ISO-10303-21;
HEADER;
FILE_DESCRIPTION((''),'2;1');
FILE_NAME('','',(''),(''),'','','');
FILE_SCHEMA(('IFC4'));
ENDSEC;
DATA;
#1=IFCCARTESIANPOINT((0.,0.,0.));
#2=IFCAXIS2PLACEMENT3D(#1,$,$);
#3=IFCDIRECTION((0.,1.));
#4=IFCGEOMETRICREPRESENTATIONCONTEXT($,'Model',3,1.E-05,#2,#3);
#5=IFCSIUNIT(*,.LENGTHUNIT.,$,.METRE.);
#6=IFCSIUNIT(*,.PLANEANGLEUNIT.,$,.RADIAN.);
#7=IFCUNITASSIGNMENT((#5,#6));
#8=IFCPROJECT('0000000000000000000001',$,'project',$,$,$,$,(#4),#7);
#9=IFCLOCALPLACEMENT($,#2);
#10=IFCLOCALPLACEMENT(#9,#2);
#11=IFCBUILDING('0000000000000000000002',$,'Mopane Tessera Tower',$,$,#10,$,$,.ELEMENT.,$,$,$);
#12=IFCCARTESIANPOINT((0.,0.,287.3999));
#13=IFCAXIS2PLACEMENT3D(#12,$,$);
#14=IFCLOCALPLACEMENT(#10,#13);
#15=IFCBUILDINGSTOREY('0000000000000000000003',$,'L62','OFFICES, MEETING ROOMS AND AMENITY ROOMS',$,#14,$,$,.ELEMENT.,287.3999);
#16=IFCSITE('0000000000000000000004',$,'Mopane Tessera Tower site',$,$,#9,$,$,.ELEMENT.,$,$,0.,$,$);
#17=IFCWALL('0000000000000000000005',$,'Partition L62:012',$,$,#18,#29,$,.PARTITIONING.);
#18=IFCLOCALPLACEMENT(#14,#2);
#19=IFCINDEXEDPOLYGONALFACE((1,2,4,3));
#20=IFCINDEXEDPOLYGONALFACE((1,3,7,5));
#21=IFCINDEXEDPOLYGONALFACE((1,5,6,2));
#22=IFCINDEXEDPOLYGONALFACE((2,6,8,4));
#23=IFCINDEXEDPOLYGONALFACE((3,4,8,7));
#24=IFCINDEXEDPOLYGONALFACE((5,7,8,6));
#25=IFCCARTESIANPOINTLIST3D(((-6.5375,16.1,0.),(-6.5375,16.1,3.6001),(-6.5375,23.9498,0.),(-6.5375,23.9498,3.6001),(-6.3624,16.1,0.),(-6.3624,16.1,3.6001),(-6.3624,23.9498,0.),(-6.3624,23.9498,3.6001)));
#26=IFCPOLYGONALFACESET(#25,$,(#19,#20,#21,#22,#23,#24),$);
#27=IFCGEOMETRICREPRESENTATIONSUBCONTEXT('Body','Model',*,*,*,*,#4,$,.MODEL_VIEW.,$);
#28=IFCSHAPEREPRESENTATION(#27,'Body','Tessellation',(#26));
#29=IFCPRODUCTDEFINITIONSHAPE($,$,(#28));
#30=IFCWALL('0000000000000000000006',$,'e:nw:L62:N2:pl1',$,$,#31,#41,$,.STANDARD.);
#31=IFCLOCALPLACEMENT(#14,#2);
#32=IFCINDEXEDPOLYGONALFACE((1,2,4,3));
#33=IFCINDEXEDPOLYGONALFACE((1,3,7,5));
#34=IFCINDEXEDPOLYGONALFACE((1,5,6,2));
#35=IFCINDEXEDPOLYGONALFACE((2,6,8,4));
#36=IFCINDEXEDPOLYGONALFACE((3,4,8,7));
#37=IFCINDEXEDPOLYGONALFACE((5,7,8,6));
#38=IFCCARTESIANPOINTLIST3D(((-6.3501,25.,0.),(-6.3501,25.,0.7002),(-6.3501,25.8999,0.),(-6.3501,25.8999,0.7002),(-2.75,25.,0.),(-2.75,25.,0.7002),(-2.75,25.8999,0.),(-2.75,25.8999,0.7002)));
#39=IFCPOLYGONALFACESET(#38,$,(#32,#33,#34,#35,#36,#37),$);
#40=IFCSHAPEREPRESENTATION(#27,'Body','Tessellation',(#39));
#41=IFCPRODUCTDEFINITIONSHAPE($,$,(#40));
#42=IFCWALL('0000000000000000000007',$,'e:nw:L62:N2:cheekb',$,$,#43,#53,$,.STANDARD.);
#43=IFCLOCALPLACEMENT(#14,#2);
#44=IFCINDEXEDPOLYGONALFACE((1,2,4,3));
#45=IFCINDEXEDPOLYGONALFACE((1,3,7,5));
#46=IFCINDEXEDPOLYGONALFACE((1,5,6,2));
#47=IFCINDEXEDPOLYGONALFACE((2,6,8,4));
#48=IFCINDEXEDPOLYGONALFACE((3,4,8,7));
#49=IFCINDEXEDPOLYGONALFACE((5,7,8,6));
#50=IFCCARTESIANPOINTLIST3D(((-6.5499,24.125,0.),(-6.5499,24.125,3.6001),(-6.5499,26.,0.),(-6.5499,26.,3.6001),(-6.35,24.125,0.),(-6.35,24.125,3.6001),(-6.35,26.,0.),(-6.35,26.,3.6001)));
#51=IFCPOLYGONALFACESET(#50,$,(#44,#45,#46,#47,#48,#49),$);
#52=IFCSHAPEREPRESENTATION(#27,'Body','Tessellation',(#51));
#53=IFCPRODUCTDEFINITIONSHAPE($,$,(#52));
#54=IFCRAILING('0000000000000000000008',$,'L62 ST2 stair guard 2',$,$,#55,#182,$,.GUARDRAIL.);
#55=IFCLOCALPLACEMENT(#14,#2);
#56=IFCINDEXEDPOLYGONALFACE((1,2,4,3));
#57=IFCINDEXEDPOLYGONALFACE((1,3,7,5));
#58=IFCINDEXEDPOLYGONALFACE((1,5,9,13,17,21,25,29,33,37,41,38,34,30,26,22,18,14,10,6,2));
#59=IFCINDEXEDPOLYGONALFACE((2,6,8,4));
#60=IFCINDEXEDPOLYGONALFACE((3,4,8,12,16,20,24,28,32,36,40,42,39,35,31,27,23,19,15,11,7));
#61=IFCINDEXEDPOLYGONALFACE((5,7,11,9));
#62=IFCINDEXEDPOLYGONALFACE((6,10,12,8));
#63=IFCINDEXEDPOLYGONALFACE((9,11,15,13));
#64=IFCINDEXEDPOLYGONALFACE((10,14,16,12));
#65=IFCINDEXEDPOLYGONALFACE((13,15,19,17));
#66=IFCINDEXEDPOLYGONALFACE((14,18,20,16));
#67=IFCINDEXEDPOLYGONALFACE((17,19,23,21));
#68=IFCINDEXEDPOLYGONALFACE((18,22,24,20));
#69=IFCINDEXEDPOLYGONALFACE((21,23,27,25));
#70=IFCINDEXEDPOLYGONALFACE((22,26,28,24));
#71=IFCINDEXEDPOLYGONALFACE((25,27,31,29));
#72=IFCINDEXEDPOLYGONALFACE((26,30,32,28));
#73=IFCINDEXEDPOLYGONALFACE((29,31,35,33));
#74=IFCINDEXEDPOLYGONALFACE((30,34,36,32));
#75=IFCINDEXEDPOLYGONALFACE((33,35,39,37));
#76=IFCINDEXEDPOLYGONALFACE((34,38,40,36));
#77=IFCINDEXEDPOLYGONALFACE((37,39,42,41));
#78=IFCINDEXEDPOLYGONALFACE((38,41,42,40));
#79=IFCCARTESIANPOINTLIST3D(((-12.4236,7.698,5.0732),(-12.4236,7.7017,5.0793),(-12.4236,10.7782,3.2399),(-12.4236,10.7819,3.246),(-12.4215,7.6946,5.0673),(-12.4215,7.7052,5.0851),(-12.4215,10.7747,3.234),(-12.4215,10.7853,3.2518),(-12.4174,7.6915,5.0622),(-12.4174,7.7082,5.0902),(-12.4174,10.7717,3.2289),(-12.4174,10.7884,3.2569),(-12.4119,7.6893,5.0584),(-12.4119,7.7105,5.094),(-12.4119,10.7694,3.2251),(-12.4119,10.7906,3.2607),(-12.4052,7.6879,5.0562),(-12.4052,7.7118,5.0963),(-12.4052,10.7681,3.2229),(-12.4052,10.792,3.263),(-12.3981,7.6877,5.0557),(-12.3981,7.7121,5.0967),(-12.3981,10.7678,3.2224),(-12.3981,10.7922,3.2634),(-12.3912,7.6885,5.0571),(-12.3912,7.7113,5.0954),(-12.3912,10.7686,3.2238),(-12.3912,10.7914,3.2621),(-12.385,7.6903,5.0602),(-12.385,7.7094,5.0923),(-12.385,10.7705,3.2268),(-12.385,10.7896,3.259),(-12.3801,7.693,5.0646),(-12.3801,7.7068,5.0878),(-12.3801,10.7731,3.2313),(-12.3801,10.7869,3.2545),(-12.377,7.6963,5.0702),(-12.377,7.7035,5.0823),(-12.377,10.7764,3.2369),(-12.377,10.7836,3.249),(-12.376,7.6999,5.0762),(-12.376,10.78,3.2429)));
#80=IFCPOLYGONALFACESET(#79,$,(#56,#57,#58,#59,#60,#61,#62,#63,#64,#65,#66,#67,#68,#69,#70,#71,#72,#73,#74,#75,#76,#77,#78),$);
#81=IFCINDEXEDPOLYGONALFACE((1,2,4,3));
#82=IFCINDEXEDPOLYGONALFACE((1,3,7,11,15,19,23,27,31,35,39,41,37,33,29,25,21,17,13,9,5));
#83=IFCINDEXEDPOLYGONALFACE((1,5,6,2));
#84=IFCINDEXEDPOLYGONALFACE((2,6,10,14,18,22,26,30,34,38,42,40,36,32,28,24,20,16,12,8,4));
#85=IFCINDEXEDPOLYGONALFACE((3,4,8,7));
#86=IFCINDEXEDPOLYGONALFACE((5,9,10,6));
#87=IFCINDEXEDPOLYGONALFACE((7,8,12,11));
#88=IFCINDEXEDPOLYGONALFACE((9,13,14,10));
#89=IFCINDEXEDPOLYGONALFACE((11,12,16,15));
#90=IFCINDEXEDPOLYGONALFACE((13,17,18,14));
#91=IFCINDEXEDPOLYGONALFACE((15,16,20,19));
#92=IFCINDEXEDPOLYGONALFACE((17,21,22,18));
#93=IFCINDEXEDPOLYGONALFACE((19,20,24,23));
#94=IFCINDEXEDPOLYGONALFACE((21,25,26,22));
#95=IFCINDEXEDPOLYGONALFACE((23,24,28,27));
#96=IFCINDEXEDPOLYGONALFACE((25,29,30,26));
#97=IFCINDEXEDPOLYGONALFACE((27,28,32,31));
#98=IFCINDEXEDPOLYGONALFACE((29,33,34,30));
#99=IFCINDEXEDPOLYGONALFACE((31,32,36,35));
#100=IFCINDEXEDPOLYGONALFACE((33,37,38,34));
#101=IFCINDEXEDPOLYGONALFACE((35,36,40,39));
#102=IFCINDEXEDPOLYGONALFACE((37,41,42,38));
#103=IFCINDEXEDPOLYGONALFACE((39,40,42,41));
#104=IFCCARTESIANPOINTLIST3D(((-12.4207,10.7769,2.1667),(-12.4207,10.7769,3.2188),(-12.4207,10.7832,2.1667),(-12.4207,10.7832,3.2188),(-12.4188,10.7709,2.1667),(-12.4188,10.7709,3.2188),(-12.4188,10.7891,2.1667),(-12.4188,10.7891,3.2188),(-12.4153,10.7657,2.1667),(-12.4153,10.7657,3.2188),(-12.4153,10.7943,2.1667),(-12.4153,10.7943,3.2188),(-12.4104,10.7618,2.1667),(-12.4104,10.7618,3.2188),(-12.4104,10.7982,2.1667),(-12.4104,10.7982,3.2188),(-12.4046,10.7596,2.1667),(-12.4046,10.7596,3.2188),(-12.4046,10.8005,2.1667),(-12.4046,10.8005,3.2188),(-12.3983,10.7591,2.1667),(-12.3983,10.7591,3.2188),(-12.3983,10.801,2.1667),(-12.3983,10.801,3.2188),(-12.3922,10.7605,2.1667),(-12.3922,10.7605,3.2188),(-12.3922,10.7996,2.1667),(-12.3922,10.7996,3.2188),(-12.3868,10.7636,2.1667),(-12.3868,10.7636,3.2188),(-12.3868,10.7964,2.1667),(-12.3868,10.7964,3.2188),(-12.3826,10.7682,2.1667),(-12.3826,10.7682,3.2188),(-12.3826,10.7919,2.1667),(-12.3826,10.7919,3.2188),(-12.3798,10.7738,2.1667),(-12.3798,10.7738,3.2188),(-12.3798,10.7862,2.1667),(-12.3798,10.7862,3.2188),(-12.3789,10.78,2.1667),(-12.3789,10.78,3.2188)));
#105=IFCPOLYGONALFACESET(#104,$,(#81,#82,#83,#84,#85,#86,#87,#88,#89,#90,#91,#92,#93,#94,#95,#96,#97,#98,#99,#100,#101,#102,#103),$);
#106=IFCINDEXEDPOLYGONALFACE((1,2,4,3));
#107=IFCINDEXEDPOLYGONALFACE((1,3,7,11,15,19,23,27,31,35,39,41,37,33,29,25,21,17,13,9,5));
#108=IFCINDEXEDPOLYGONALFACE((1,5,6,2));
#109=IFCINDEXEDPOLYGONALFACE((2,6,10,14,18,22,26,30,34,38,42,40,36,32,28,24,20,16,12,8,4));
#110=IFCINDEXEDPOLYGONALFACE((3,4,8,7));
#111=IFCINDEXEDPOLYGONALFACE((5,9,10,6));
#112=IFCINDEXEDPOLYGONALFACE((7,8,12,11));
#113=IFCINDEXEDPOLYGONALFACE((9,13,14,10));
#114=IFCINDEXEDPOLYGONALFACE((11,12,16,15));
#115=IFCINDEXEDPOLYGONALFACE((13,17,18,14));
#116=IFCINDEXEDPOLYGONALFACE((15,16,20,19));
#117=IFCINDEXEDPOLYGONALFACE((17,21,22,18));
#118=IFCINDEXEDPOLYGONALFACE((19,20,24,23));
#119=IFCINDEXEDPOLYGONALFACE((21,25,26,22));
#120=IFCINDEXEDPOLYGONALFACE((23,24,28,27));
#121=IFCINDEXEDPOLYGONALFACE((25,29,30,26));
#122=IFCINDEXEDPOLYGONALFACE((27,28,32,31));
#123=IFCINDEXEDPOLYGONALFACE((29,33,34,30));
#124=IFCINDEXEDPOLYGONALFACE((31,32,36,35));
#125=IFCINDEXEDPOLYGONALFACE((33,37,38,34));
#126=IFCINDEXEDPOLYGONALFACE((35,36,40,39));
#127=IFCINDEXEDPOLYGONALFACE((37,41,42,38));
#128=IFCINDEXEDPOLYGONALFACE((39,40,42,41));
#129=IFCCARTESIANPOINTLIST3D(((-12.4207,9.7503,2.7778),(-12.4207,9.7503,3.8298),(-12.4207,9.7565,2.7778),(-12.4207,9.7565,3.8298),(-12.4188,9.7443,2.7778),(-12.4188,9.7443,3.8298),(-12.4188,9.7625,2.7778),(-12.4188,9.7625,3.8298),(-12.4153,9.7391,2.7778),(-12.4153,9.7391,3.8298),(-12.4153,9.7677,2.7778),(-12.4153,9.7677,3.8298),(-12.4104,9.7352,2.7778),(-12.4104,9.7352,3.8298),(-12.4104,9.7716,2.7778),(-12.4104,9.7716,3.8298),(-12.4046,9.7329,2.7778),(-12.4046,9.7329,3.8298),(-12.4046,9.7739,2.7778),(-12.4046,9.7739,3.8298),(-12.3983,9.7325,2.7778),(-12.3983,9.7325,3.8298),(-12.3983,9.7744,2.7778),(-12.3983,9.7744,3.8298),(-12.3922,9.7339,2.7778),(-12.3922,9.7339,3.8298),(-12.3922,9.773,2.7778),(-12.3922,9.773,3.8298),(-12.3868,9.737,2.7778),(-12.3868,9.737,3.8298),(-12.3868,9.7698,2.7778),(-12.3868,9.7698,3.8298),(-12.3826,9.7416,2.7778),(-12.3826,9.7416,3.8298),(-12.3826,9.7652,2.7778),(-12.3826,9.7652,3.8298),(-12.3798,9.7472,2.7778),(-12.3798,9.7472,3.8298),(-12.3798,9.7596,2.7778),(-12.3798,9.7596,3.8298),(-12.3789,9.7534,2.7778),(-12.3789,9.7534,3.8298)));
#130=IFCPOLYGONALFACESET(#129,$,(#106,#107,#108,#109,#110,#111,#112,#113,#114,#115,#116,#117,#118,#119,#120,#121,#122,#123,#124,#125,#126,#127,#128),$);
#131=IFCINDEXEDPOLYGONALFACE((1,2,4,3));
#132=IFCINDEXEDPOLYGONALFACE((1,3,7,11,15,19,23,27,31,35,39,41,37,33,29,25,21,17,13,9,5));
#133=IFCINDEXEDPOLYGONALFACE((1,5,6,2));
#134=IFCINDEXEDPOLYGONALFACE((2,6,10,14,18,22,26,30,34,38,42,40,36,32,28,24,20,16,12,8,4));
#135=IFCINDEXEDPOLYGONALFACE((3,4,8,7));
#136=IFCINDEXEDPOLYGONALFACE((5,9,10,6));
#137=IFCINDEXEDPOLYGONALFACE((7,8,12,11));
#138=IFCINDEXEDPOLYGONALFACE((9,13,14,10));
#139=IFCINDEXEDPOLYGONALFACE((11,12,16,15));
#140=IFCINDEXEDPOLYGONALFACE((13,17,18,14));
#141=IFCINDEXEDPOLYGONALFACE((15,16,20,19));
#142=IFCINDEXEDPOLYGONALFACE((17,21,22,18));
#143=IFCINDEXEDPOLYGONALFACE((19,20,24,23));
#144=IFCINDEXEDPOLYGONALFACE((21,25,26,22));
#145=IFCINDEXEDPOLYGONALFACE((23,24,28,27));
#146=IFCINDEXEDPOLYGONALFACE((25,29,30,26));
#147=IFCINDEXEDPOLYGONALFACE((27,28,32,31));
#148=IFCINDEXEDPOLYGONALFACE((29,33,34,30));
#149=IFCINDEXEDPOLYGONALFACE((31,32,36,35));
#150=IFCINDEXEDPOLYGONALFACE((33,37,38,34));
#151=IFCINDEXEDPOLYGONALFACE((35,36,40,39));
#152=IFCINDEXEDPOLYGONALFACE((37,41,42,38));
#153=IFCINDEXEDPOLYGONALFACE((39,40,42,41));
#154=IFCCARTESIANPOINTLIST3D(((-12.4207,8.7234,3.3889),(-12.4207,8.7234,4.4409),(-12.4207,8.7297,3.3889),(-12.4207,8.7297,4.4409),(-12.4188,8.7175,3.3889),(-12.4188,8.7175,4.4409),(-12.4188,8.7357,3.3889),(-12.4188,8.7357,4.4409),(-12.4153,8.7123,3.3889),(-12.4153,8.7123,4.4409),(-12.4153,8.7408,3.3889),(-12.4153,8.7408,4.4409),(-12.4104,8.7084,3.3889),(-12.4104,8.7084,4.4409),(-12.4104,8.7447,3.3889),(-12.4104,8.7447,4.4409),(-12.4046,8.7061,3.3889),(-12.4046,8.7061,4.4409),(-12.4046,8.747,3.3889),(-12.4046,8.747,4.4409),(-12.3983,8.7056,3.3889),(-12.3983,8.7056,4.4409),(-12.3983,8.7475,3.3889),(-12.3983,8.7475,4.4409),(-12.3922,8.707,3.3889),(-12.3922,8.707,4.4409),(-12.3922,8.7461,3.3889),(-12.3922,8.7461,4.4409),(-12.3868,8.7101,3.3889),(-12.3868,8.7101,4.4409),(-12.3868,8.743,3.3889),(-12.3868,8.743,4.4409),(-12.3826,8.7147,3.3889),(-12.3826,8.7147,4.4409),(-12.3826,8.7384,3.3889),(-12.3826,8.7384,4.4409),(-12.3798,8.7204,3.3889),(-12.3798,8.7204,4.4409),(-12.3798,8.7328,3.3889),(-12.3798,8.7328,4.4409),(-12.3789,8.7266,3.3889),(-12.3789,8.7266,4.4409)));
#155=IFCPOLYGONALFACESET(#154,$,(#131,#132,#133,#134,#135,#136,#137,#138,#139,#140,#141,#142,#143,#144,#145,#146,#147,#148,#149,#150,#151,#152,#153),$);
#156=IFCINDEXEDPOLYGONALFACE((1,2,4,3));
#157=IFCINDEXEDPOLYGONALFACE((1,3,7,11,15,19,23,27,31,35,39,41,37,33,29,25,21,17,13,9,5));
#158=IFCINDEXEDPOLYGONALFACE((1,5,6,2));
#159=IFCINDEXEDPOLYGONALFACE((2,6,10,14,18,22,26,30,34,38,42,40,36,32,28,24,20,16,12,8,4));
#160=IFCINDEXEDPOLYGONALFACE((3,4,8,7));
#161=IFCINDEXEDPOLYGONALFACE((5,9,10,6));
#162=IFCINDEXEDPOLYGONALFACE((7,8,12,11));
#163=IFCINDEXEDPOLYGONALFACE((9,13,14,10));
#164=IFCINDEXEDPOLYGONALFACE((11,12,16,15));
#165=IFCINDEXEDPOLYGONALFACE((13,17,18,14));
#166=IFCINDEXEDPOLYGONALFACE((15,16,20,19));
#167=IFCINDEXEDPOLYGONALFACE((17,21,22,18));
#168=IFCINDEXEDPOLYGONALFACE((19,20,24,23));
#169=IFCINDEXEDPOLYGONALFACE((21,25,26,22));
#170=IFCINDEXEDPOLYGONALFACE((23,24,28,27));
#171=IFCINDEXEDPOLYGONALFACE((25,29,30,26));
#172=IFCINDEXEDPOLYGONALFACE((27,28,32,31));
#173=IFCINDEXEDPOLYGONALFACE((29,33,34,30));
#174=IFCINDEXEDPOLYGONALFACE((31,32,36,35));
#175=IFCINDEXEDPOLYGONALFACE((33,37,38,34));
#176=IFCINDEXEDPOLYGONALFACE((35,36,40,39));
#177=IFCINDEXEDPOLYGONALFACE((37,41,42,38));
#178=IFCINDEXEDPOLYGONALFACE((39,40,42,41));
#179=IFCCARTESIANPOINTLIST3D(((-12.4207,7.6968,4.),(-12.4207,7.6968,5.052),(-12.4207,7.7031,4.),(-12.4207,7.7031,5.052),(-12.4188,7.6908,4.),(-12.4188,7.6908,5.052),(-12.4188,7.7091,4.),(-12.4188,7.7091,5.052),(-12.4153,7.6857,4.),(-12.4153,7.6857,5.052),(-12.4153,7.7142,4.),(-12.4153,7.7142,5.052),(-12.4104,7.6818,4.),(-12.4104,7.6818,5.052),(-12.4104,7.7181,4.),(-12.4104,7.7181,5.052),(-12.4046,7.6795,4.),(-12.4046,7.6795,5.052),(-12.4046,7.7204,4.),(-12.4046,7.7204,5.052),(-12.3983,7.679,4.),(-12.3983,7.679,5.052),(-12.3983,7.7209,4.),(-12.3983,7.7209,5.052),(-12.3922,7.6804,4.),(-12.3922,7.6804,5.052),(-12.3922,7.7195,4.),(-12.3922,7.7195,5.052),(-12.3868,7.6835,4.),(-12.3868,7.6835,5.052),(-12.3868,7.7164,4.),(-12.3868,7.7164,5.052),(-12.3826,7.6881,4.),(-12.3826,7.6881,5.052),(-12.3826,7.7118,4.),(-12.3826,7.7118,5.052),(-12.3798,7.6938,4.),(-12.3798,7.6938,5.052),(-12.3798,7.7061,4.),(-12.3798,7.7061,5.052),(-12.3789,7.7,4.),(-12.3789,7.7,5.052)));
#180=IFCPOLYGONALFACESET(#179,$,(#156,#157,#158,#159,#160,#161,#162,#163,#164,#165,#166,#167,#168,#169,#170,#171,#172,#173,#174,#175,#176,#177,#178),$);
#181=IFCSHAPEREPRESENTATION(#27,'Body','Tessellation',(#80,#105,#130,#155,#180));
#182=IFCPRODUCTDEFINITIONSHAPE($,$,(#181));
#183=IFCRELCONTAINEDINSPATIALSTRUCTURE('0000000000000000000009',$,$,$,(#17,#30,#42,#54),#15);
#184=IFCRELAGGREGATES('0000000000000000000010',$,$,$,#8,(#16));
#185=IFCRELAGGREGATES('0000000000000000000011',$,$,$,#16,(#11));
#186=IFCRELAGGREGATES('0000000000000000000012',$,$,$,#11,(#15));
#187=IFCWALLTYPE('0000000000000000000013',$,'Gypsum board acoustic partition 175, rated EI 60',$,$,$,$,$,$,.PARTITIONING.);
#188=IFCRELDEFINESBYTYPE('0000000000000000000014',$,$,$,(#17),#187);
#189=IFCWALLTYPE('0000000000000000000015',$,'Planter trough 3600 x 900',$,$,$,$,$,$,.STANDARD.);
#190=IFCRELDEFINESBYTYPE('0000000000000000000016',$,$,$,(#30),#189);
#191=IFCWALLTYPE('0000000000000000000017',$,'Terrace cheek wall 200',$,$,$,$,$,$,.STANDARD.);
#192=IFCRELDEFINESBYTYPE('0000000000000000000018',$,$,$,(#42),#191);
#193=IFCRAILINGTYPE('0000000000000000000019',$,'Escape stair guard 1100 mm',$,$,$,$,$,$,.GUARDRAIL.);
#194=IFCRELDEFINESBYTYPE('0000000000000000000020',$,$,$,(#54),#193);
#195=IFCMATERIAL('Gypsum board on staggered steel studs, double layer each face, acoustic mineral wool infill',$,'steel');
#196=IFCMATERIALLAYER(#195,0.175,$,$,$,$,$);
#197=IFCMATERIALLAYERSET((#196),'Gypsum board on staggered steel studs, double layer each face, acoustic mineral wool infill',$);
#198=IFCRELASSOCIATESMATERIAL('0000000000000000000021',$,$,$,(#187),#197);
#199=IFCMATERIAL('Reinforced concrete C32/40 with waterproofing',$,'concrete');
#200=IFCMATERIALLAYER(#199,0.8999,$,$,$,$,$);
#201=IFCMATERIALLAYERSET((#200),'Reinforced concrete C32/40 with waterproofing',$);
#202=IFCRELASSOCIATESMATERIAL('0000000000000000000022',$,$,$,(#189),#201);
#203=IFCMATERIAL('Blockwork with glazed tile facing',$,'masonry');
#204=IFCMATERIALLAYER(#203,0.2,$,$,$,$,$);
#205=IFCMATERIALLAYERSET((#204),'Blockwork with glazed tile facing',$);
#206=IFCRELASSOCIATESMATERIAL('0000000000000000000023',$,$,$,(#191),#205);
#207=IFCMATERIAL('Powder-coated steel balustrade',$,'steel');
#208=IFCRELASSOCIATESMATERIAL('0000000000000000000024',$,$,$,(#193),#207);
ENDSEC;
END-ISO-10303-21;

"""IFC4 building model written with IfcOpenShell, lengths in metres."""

from ifc_helpers import new_model, si_unit, direction, frame, frame_2d, origin, origin_2d, place, context, subcontext, project, spatial, rectangle, circle, extrude, material, layer, layer_set, type_object, element, save


model = new_model("IFC4")

# Units and contexts
model_context = context("Model", 3, precision=1e-05, world=origin(), true_north=direction((0.0, 1.0)))
body_context = subcontext(model_context, "Body", "Model", "MODEL_VIEW")
ifc_project = project(units=[si_unit("LENGTHUNIT", "METRE"), si_unit("PLANEANGLEUNIT", "RADIAN")], contexts=[model_context])

# Site, building, storey
site_placement = place(None, origin())
site = spatial("IfcSite", under=ifc_project, at=site_placement, Name="Mopane Tessera Tower site", CompositionType="ELEMENT", RefElevation=0.0)
building_placement = place(site_placement, origin())
building = spatial("IfcBuilding", under=site, at=building_placement, Name="Mopane Tessera Tower", CompositionType="ELEMENT")
storey_placement = place(building_placement, frame((0.0, 0.0, 287.3999)))
storey = spatial("IfcBuildingStorey", under=building, at=storey_placement, Name="L62", Description="OFFICES, MEETING ROOMS AND AMENITY ROOMS", CompositionType="ELEMENT", Elevation=287.3999)

# Walls
ifc_material_1 = material(Name="Gypsum board on staggered steel studs, double layer each face, acoustic mineral wool infill", Category="steel")
ifc_layer_1 = layer(ifc_material_1, 0.175)
ifc_layer_set_1 = layer_set([ifc_layer_1], Name="Gypsum board on staggered steel studs, double layer each face, acoustic mineral wool infill")
wall_type_1 = type_object("IfcWallType", Name="Gypsum board acoustic partition 175, rated EI 60", PredefinedType="PARTITIONING", material=ifc_layer_set_1)
wall_1_placement = place(storey_placement, frame((-6.45, 16.1001, 0.0), z_axis=(0.0, 0.0, 1.0), x_axis=(0.0, 1.0, 0.0)))
element("IfcWall", 1, at=wall_1_placement, inside=storey, type_object=wall_type_1, Name="Partition L62:012", PredefinedType="PARTITIONING", context=body_context, shape_type="SweptSolid", body=[
    extrude(rectangle(XDim=7.8499, YDim=0.175, at=frame_2d((3.9248, 0.0))), origin(), (0.0, 0.0, 1.0), 3.6001),
])
ifc_material_2 = material(Name="Reinforced concrete C32/40 with waterproofing", Category="concrete")
ifc_layer_2 = layer(ifc_material_2, 0.8999)
ifc_layer_set_2 = layer_set([ifc_layer_2], Name="Reinforced concrete C32/40 with waterproofing")
wall_type_2 = type_object("IfcWallType", Name="Planter trough 3600 x 900", PredefinedType="STANDARD", material=ifc_layer_set_2)
wall_2_placement = place(storey_placement, frame((-2.75, 25.45, 0.0), z_axis=(0.0, 0.0, 1.0), x_axis=(-1.0, 0.0, 0.0)))
element("IfcWall", 2, at=wall_2_placement, inside=storey, type_object=wall_type_2, Name="e:nw:L62:N2:pl1", PredefinedType="STANDARD", context=body_context, shape_type="SweptSolid", body=[
    extrude(rectangle(XDim=3.6001, YDim=0.8999, at=frame_2d((1.8, 0.0))), origin(), (0.0, 0.0, 1.0), 0.7002),
])
ifc_material_3 = material(Name="Blockwork with glazed tile facing", Category="masonry")
ifc_layer_3 = layer(ifc_material_3, 0.2)
ifc_layer_set_3 = layer_set([ifc_layer_3], Name="Blockwork with glazed tile facing")
wall_type_3 = type_object("IfcWallType", Name="Terrace cheek wall 200", PredefinedType="STANDARD", material=ifc_layer_set_3)
wall_3_placement = place(storey_placement, frame((-6.45, 26.0, 0.0), z_axis=(0.0, 0.0, 1.0), x_axis=(0.0, -1.0, 0.0)))
element("IfcWall", 3, at=wall_3_placement, inside=storey, type_object=wall_type_3, Name="e:nw:L62:N2:cheekb", PredefinedType="STANDARD", context=body_context, shape_type="SweptSolid", body=[
    extrude(rectangle(XDim=1.875, YDim=0.2, at=frame_2d((0.9375, 0.0))), origin(), (0.0, 0.0, 1.0), 3.6001),
])

# Railing
ifc_material_4 = material(Name="Powder-coated steel balustrade", Category="steel")
railing_type = type_object("IfcRailingType", Name="Escape stair guard 1100 mm", PredefinedType="GUARDRAIL", material=ifc_material_4)
railing_placement = place(storey_placement, frame((-12.3999, 10.78, 2.1667)))
element("IfcRailing", 4, at=railing_placement, inside=storey, type_object=railing_type, Name="L62 ST2 stair guard 2", PredefinedType="GUARDRAIL", context=body_context, shape_type="SweptSolid", body=[
    extrude(circle(Radius=0.0239, at=origin_2d()), frame((0.0, 0.0, 1.0762), z_axis=(0.0, -0.859309, 0.511458), x_axis=(1.0, 0.0, 0.0)), (0.0, 0.0, 1.0), 3.5845),
    extrude(circle(Radius=0.021, at=origin_2d()), origin(), (0.0, 0.0, 1.0), 1.052),
    extrude(circle(Radius=0.021, at=origin_2d()), frame((0.0, -1.0266, 0.6111)), (0.0, 0.0, 1.0), 1.052),
    extrude(circle(Radius=0.021, at=origin_2d()), frame((0.0, -2.0535, 1.2222)), (0.0, 0.0, 1.0), 1.052),
    extrude(circle(Radius=0.021, at=origin_2d()), frame((0.0, -3.0801, 1.8333)), (0.0, 0.0, 1.0), 1.052),
])

save(model, "model.ifc")
